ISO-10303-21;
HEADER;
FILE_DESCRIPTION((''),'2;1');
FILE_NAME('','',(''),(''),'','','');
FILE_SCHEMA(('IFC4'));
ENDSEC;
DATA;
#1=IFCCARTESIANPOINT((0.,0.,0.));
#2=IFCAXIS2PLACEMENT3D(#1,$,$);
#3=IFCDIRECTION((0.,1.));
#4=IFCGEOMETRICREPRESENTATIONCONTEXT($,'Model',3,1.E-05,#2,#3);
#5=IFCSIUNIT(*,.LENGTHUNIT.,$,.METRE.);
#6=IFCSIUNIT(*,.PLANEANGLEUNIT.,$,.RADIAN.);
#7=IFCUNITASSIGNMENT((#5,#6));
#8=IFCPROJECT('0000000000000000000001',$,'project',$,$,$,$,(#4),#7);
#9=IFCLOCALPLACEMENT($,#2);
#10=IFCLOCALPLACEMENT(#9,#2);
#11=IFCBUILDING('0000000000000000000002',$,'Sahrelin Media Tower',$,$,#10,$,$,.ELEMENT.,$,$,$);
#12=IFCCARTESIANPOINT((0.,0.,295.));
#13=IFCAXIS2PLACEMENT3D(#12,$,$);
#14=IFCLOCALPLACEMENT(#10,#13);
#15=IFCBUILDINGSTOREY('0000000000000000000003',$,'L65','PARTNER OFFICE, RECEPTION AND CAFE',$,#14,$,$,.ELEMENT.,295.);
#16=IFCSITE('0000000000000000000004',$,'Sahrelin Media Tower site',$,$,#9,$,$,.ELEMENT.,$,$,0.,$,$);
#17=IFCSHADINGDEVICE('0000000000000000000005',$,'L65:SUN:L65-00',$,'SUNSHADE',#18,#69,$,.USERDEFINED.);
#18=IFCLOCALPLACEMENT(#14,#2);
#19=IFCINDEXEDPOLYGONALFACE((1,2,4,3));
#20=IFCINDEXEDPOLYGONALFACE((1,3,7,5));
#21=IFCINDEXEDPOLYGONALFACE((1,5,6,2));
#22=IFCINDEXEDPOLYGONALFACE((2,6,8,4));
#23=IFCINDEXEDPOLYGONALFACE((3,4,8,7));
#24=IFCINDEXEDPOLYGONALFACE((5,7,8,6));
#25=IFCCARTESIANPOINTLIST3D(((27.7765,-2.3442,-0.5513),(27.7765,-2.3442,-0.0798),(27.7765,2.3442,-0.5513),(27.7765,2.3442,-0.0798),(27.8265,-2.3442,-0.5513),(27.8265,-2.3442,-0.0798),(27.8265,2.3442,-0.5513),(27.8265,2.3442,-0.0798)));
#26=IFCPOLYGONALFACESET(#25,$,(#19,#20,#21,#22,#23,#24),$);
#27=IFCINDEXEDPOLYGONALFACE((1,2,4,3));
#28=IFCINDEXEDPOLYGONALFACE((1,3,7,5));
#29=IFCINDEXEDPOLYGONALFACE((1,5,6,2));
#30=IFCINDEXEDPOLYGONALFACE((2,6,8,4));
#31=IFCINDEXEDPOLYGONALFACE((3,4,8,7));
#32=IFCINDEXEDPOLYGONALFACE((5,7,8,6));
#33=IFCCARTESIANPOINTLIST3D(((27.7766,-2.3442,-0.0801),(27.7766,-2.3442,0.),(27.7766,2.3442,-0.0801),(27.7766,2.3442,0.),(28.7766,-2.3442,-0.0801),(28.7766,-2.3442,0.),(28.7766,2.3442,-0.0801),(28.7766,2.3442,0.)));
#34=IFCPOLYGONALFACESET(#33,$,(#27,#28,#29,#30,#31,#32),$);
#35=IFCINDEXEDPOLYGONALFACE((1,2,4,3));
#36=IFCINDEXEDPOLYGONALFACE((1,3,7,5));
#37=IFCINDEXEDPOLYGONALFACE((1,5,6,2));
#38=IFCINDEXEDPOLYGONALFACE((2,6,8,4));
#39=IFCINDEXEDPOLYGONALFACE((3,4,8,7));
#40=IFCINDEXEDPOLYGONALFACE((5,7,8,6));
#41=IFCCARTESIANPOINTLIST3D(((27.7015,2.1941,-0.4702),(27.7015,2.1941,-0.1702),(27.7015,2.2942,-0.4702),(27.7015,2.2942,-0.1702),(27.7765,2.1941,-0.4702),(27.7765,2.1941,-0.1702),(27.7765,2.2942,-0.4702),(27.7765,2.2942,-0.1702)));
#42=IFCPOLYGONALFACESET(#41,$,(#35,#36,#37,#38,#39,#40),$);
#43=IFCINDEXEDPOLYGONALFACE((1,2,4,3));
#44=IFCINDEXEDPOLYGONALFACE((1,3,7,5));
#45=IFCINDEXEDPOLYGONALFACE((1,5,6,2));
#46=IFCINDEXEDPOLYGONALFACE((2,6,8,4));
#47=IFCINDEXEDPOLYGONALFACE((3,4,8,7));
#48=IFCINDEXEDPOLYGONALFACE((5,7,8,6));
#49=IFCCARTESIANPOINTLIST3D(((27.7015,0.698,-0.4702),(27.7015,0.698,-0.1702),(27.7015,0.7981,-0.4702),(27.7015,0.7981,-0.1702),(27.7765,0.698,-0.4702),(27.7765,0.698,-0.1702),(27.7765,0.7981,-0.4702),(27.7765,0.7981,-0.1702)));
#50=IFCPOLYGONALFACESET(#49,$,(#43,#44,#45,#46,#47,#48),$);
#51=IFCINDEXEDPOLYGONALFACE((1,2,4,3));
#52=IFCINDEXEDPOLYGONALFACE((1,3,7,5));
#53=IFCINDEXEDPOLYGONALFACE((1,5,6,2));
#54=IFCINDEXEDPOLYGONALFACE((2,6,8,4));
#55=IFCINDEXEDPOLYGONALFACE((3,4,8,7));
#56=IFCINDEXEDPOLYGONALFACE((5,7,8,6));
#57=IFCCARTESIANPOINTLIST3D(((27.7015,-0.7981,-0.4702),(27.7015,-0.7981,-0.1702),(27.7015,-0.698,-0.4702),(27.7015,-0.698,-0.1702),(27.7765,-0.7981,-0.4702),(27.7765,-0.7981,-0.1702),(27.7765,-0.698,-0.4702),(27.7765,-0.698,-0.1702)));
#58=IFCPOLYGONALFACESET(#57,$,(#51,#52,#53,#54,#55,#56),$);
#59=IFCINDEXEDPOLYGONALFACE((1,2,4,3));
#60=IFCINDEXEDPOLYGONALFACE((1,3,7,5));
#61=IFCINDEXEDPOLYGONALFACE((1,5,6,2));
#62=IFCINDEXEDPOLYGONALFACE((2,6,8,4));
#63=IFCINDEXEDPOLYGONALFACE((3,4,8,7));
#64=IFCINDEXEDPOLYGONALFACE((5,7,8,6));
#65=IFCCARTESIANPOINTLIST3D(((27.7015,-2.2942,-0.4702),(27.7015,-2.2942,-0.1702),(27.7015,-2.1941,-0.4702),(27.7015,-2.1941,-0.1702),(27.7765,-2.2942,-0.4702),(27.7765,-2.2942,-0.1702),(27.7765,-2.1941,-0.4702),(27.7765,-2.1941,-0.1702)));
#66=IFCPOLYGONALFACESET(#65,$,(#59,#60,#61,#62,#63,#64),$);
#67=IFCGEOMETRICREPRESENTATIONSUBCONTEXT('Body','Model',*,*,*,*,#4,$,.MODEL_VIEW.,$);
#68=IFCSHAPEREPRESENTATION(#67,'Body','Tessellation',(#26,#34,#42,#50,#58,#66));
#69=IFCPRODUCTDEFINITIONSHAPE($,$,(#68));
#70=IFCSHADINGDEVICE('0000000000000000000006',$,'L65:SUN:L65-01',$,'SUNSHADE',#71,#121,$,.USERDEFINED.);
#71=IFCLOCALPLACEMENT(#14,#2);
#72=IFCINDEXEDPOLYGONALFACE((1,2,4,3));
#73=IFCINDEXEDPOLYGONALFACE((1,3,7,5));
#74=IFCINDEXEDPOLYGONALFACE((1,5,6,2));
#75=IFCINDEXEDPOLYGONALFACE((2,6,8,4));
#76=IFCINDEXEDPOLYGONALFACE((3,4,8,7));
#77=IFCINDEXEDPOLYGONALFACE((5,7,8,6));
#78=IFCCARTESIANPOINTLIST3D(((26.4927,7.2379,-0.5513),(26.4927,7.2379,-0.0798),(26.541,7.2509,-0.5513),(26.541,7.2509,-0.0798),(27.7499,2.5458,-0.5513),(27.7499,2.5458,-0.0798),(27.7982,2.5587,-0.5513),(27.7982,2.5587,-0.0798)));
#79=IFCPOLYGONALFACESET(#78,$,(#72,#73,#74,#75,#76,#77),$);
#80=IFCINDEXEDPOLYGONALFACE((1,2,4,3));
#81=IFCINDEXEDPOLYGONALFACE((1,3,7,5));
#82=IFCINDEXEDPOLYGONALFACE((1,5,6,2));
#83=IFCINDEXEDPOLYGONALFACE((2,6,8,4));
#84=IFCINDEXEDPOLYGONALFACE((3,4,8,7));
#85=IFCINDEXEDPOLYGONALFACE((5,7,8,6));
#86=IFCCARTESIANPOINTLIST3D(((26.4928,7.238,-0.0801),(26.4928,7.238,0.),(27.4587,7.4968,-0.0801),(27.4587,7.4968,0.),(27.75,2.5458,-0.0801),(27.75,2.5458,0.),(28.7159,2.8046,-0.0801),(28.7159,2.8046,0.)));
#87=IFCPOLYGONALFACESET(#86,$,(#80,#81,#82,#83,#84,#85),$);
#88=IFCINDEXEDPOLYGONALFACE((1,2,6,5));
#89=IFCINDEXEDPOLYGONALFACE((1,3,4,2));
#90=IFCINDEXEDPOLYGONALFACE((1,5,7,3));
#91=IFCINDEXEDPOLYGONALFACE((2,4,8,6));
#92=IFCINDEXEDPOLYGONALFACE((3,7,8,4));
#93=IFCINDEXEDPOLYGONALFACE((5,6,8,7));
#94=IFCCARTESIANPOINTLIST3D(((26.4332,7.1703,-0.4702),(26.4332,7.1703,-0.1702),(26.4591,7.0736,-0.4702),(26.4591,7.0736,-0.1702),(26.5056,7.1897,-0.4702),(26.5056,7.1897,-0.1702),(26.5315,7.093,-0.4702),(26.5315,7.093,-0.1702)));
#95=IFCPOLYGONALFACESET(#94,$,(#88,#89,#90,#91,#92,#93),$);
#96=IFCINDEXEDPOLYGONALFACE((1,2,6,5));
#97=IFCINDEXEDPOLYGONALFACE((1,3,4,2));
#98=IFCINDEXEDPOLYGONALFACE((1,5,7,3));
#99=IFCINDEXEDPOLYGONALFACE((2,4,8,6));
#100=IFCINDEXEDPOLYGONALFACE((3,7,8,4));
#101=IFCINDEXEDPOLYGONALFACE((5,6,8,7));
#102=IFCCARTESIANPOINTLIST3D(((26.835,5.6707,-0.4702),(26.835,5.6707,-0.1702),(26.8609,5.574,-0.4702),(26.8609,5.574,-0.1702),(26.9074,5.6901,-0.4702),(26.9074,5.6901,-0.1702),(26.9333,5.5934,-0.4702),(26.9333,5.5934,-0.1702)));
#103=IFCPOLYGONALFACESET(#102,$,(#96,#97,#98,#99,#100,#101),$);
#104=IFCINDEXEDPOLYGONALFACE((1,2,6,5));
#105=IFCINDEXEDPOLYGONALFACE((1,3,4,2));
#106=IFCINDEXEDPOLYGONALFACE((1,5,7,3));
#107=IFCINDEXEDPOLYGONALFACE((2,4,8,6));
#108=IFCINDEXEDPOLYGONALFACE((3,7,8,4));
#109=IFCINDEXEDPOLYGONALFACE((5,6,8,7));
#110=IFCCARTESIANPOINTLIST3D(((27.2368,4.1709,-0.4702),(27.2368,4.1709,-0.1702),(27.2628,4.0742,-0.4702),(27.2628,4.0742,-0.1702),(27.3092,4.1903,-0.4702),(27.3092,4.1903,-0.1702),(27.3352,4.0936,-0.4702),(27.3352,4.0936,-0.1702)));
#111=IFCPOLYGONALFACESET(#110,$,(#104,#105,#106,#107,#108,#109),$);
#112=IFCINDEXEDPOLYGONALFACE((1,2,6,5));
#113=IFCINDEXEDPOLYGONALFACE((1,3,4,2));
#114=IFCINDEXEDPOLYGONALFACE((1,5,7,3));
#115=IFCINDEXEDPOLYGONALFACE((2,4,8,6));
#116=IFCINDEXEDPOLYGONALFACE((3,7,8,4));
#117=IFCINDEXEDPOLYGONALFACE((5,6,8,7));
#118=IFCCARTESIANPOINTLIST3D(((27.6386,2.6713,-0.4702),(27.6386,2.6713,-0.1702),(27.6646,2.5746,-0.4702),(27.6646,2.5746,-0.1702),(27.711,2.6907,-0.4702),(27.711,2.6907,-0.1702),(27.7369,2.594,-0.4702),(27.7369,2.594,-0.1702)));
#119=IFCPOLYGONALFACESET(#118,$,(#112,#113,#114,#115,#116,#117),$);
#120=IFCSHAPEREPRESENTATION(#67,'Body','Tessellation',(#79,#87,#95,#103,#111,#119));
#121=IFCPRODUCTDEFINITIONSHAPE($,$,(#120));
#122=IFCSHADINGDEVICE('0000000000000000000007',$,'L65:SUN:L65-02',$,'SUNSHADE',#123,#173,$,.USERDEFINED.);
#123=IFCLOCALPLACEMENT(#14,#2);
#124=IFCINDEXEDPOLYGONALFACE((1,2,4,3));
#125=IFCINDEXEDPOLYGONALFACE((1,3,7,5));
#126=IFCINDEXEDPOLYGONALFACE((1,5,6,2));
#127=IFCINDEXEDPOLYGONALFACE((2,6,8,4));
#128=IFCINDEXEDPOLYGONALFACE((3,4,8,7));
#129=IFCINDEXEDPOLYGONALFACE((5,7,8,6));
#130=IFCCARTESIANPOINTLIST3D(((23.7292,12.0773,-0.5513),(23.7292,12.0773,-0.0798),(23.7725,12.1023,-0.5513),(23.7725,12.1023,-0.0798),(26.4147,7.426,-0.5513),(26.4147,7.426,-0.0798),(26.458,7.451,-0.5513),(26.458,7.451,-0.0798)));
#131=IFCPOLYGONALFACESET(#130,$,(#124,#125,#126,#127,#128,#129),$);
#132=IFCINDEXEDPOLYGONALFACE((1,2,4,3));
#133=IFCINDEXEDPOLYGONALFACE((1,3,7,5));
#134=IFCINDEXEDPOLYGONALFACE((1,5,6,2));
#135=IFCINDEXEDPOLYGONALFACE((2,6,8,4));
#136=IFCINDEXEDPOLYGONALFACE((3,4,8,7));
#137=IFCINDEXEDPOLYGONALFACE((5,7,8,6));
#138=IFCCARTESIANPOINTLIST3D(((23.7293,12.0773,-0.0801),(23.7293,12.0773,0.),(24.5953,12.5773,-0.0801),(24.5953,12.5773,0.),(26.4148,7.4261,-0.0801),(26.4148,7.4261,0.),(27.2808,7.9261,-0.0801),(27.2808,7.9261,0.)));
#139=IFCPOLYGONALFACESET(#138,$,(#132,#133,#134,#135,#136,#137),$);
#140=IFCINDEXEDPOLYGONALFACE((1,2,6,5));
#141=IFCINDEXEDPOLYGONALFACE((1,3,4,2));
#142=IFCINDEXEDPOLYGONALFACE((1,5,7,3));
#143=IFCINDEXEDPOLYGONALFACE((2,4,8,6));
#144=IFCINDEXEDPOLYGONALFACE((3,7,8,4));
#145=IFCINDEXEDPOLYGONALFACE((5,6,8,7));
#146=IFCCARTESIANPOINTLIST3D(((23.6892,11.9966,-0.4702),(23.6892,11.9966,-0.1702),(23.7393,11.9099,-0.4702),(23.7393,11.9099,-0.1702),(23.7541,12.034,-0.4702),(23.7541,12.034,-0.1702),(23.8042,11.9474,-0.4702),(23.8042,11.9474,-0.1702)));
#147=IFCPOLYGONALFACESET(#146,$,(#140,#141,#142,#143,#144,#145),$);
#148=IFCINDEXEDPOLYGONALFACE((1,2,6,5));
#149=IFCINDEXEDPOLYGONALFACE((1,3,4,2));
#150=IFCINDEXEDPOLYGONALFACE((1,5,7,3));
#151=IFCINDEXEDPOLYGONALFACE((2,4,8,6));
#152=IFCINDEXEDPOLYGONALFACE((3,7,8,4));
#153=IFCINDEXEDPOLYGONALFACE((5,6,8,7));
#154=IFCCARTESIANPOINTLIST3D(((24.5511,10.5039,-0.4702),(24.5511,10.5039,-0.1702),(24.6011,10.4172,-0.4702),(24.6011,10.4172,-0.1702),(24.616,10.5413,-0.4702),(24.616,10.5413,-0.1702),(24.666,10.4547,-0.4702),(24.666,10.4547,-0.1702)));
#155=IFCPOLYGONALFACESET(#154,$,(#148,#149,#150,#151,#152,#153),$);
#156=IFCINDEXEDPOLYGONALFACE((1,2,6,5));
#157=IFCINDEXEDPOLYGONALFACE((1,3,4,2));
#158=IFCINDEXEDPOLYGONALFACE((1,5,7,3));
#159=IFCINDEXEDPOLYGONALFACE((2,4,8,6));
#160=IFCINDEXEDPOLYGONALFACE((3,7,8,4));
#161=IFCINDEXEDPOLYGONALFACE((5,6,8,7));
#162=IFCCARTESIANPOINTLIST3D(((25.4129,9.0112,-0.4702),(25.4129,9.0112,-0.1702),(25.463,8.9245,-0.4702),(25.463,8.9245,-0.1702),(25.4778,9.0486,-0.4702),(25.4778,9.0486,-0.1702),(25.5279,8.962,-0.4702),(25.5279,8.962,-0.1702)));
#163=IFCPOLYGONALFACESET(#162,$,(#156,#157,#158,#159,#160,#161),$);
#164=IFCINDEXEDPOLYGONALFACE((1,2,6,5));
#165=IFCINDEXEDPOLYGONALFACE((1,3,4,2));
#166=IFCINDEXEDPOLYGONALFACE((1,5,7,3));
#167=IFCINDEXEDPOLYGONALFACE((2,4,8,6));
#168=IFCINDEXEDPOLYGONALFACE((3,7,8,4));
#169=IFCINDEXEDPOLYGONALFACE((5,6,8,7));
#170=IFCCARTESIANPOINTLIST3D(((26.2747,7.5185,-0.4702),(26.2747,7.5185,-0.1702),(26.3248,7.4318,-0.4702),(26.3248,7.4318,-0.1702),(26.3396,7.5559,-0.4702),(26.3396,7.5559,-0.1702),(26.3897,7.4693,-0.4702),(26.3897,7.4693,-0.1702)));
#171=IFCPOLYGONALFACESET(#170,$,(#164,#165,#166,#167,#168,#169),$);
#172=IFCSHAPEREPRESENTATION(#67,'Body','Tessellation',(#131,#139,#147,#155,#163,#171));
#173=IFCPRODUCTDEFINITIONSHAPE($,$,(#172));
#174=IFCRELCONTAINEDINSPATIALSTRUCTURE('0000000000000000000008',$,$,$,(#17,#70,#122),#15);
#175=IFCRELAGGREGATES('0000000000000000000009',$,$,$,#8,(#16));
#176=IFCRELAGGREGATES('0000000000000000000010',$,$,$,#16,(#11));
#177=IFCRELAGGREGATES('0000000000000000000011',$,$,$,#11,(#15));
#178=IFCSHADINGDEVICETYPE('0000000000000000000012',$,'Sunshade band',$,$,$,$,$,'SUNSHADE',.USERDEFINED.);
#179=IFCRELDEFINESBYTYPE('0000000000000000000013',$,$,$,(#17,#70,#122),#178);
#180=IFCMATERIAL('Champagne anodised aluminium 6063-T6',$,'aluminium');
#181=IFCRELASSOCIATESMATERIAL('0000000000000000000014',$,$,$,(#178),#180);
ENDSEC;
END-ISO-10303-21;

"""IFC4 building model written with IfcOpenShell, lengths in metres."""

from ifc_helpers import new_model, si_unit, direction, frame, origin, origin_2d, place, context, subcontext, project, spatial, rectangle, extrude, material, type_object, element, save


model = new_model("IFC4")

# Units and contexts
model_context = context("Model", 3, precision=1e-05, world=origin(), true_north=direction((0.0, 1.0)))
body_context = subcontext(model_context, "Body", "Model", "MODEL_VIEW")
ifc_project = project(units=[si_unit("LENGTHUNIT", "METRE"), si_unit("PLANEANGLEUNIT", "RADIAN")], contexts=[model_context])

# Site, building, storey
site_placement = place(None, origin())
site = spatial("IfcSite", under=ifc_project, at=site_placement, Name="Sahrelin Media Tower site", CompositionType="ELEMENT", RefElevation=0.0)
building_placement = place(site_placement, origin())
building = spatial("IfcBuilding", under=site, at=building_placement, Name="Sahrelin Media Tower", CompositionType="ELEMENT")
storey_placement = place(building_placement, frame((0.0, 0.0, 295.0)))
storey = spatial("IfcBuildingStorey", under=building, at=storey_placement, Name="L65", Description="PARTNER OFFICE, RECEPTION AND CAFE", CompositionType="ELEMENT", Elevation=295.0)

# Shared definitions
ifc_material_1 = material(Name="Champagne anodised aluminium 6063-T6", Category="aluminium")

# Shading devices
placement_1 = place(storey_placement, frame((27.7566, 0.0, 0.0), z_axis=(0.0, 0.0, 1.0), x_axis=(0.0, -1.0, 0.0)))
placement_2 = place(storey_placement, frame((27.1021, 4.8867, 0.0), z_axis=(0.0, 0.0, 1.0), x_axis=(0.258808, -0.965929, 0.0)))
placement_3 = place(storey_placement, frame((25.0547, 9.7417, 0.0), z_axis=(0.0, 0.0, 1.0), x_axis=(0.500011, -0.866019, 0.0)))
shading_device_type_1 = type_object("IfcShadingDeviceType", Name="Sunshade band", ElementType="SUNSHADE", PredefinedType="USERDEFINED", material=ifc_material_1)
element("IfcShadingDevice", 1, at=placement_1, inside=storey, type_object=shading_device_type_1, Name="L65:SUN:L65-00", ObjectType="SUNSHADE", PredefinedType="USERDEFINED", context=body_context, shape_type="SweptSolid", body=[
    extrude(rectangle(XDim=4.6885, YDim=0.05, at=origin_2d()), frame((0.0, 0.0449, -0.5513)), (0.0, 0.0, 1.0), 0.4714),
    extrude(rectangle(XDim=4.6885, YDim=1.0, at=origin_2d()), frame((0.0, 0.52, -0.0801)), (0.0, 0.0, 1.0), 0.0801),
    extrude(rectangle(XDim=0.1001, YDim=0.075, at=origin_2d()), frame((-2.2441, -0.0176, -0.4702)), (0.0, 0.0, 1.0), 0.3),
    extrude(rectangle(XDim=0.1001, YDim=0.075, at=origin_2d()), frame((-0.748, -0.0176, -0.4702)), (0.0, 0.0, 1.0), 0.3),
    extrude(rectangle(XDim=0.1001, YDim=0.075, at=origin_2d()), frame((0.748, -0.0176, -0.4702)), (0.0, 0.0, 1.0), 0.3),
    extrude(rectangle(XDim=0.1001, YDim=0.075, at=origin_2d()), frame((2.2441, -0.0176, -0.4702)), (0.0, 0.0, 1.0), 0.3),
])
element("IfcShadingDevice", 2, at=placement_2, inside=storey, type_object=shading_device_type_1, Name="L65:SUN:L65-01", ObjectType="SUNSHADE", PredefinedType="USERDEFINED", context=body_context, shape_type="SweptSolid", body=[
    extrude(rectangle(XDim=4.8577, YDim=0.05, at=origin_2d()), frame((0.0, 0.0449, -0.5513)), (0.0, 0.0, 1.0), 0.4714),
    extrude(rectangle(XDim=4.8577, YDim=1.0, at=origin_2d()), frame((0.0, 0.52, -0.0801)), (0.0, 0.0, 1.0), 0.0801),
    extrude(rectangle(XDim=0.1001, YDim=0.075, at=origin_2d()), frame((-2.3289, -0.0176, -0.4702)), (0.0, 0.0, 1.0), 0.3),
    extrude(rectangle(XDim=0.1001, YDim=0.075, at=origin_2d()), frame((-0.7764, -0.0176, -0.4702)), (0.0, 0.0, 1.0), 0.3),
    extrude(rectangle(XDim=0.1001, YDim=0.075, at=origin_2d()), frame((0.7764, -0.0176, -0.4702)), (0.0, 0.0, 1.0), 0.3),
    extrude(rectangle(XDim=0.1001, YDim=0.075, at=origin_2d()), frame((2.3289, -0.0176, -0.4702)), (0.0, 0.0, 1.0), 0.3),
])
element("IfcShadingDevice", 3, at=placement_3, inside=storey, type_object=shading_device_type_1, Name="L65:SUN:L65-02", ObjectType="SUNSHADE", PredefinedType="USERDEFINED", context=body_context, shape_type="SweptSolid", body=[
    extrude(rectangle(XDim=5.3708, YDim=0.05, at=origin_2d()), frame((0.0, 0.0449, -0.5513)), (0.0, 0.0, 1.0), 0.4714),
    extrude(rectangle(XDim=5.3708, YDim=1.0, at=origin_2d()), frame((0.0, 0.52, -0.0801)), (0.0, 0.0, 1.0), 0.0801),
    extrude(rectangle(XDim=0.1001, YDim=0.075, at=origin_2d()), frame((-2.5854, -0.0176, -0.4702)), (0.0, 0.0, 1.0), 0.3),
    extrude(rectangle(XDim=0.1001, YDim=0.075, at=origin_2d()), frame((-0.8618, -0.0176, -0.4702)), (0.0, 0.0, 1.0), 0.3),
    extrude(rectangle(XDim=0.1001, YDim=0.075, at=origin_2d()), frame((0.8618, -0.0176, -0.4702)), (0.0, 0.0, 1.0), 0.3),
    extrude(rectangle(XDim=0.1001, YDim=0.075, at=origin_2d()), frame((2.5854, -0.0176, -0.4702)), (0.0, 0.0, 1.0), 0.3),
])

save(model, "model.ifc")
